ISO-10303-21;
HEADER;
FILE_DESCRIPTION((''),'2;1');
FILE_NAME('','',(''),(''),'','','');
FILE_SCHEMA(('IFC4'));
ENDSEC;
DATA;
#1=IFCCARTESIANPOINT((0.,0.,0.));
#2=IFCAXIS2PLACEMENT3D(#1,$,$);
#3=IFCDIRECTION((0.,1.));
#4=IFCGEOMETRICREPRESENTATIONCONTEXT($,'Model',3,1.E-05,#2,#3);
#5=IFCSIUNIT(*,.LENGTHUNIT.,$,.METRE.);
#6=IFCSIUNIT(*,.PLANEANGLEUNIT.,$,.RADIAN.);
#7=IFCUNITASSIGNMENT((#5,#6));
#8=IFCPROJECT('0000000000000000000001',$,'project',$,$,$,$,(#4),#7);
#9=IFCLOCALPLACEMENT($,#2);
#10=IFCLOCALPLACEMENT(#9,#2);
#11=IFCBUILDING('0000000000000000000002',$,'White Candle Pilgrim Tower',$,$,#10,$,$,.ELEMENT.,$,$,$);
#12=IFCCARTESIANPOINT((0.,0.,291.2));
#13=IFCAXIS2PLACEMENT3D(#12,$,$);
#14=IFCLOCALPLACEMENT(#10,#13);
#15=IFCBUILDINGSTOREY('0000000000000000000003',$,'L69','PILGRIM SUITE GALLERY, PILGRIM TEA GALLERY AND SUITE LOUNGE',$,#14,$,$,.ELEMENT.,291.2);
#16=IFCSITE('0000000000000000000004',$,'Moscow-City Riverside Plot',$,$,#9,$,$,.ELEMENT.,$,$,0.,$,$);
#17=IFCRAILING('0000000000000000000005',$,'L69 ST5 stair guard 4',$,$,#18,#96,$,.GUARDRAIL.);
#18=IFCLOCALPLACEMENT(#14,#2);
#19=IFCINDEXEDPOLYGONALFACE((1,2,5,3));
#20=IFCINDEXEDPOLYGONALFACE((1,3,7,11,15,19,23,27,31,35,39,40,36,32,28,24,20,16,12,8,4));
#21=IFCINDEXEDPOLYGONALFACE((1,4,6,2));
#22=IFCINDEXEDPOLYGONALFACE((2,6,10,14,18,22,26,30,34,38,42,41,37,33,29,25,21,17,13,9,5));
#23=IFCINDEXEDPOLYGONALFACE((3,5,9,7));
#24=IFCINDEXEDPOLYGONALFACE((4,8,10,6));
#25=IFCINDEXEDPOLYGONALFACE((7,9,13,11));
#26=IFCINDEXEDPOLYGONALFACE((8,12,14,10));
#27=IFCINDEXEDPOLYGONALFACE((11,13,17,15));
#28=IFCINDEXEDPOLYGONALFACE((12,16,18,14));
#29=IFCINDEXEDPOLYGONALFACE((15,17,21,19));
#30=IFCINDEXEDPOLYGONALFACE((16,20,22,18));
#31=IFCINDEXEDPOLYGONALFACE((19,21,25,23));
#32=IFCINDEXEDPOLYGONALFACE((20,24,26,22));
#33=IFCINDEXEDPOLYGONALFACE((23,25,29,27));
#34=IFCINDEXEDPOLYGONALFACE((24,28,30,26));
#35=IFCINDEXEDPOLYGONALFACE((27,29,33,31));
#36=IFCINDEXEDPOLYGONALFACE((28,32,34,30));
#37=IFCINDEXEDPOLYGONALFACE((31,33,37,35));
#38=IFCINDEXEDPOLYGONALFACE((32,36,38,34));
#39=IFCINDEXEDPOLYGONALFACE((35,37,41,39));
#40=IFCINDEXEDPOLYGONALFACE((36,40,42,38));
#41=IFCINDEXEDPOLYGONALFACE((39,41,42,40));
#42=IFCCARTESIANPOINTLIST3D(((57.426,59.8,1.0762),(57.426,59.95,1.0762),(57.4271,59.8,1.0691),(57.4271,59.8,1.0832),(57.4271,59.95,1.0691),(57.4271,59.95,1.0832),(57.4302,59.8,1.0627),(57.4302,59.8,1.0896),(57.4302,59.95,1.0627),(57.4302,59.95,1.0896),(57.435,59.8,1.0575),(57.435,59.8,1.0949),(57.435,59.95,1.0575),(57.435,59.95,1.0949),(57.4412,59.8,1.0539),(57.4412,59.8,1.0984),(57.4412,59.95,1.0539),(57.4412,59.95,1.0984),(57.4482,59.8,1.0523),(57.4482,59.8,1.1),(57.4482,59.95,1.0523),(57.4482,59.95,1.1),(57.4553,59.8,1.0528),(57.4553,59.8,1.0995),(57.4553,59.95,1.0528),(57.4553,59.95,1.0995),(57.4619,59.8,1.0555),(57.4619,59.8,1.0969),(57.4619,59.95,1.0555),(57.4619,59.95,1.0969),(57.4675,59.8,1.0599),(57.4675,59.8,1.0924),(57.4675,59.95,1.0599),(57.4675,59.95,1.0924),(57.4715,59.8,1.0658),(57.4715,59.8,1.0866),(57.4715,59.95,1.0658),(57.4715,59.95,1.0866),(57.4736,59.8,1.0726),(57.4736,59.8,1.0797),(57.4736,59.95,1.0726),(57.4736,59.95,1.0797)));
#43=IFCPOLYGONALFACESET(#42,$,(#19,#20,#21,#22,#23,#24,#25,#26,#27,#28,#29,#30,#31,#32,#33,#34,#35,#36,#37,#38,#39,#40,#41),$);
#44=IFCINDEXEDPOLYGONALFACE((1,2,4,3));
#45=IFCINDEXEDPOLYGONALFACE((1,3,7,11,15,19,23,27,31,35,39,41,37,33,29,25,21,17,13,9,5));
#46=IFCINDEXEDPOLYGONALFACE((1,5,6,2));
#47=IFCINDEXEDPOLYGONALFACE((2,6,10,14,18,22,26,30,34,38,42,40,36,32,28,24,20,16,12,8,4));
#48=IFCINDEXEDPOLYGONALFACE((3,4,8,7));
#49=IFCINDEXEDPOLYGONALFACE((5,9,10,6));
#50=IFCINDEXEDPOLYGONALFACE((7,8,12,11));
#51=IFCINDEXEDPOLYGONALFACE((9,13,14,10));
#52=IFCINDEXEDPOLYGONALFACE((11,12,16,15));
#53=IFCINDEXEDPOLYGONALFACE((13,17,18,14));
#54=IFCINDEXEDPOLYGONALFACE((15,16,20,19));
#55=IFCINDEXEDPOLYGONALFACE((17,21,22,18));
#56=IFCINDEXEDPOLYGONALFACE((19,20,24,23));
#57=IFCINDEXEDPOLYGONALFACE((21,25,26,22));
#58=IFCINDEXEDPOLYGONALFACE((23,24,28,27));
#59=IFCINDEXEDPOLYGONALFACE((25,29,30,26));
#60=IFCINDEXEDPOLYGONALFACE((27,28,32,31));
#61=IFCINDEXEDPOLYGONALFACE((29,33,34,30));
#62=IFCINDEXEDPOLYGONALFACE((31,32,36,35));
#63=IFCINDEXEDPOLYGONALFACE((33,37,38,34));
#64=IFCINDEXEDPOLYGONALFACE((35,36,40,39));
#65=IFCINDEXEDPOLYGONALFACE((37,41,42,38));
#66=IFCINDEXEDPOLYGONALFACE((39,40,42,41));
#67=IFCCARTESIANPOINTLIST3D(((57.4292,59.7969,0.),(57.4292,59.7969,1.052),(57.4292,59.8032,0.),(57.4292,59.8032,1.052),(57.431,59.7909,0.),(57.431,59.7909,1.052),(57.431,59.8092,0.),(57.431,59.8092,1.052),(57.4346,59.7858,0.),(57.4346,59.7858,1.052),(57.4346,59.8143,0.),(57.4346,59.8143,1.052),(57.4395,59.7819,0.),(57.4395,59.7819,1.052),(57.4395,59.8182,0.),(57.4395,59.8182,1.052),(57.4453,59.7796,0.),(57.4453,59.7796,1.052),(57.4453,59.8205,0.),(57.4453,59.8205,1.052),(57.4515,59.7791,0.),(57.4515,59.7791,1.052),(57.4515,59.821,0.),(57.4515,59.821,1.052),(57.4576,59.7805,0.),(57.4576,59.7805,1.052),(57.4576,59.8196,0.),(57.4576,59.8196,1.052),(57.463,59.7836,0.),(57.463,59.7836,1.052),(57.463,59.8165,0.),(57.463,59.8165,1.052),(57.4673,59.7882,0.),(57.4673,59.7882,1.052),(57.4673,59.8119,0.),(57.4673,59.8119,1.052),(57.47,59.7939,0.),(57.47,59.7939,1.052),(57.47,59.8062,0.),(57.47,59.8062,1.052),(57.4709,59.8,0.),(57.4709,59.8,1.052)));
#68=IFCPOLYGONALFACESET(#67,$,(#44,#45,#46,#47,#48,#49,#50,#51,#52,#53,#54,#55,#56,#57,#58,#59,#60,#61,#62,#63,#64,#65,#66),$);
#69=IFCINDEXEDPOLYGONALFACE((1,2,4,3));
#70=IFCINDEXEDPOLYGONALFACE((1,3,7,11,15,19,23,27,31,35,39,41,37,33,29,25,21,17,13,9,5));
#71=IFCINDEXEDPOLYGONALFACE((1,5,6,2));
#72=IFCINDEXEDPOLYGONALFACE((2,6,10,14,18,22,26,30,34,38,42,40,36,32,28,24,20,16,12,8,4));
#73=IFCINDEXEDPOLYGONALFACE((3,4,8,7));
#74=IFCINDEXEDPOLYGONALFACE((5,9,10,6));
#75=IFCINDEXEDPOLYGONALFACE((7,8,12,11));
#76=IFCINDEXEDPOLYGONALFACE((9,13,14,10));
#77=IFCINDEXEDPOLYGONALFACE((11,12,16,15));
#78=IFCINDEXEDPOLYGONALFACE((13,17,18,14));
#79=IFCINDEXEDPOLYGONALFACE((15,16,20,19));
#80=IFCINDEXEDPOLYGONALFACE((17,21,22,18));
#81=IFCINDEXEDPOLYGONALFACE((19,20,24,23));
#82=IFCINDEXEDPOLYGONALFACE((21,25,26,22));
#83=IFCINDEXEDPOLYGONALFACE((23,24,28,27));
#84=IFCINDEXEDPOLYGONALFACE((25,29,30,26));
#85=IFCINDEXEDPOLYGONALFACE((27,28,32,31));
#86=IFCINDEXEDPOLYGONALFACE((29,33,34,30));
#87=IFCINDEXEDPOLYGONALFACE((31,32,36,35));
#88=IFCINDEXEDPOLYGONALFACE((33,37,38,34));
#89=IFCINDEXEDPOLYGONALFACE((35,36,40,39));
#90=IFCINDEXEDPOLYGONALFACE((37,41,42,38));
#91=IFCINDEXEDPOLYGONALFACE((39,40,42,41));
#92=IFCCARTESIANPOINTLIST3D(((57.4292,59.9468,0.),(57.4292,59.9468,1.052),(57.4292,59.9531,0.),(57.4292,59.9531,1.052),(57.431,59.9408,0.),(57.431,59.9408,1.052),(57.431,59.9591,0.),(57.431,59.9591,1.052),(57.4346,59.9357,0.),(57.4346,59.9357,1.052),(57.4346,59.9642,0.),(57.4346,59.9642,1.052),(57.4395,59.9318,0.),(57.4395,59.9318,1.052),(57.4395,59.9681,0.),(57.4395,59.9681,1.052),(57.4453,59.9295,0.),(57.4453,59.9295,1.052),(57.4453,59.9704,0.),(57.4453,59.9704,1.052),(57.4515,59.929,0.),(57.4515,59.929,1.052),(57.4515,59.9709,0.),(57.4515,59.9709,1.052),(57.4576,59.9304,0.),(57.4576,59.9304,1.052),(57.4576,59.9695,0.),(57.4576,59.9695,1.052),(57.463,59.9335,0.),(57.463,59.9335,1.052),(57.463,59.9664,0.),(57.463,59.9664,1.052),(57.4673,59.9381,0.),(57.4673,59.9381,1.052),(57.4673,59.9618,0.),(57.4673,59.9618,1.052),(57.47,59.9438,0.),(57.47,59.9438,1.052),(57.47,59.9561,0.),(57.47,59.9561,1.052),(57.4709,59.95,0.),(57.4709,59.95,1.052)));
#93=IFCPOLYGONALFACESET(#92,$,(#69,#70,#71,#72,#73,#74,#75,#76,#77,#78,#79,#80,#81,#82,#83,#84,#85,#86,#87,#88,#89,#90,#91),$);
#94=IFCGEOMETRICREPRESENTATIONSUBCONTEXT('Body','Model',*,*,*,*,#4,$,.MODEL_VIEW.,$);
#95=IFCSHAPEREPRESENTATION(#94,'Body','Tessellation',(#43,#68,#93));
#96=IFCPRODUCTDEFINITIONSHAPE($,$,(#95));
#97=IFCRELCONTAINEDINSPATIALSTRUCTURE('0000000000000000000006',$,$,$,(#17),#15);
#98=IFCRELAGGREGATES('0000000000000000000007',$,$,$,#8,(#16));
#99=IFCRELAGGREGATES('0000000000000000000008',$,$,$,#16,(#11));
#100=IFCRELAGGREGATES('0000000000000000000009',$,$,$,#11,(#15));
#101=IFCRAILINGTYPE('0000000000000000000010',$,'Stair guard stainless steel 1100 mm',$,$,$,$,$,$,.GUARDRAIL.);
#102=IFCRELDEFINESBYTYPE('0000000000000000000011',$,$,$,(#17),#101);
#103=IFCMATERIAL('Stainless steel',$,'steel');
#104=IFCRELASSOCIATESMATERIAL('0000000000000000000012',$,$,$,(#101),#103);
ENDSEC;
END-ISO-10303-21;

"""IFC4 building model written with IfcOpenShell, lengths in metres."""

from ifc_helpers import new_model, si_unit, direction, frame, origin, origin_2d, place, context, subcontext, project, spatial, circle, extrude, material, type_object, element, save


model = new_model("IFC4")

# Units and contexts
model_context = context("Model", 3, precision=1e-05, world=origin(), true_north=direction((0.0, 1.0)))
body_context = subcontext(model_context, "Body", "Model", "MODEL_VIEW")
ifc_project = project(units=[si_unit("LENGTHUNIT", "METRE"), si_unit("PLANEANGLEUNIT", "RADIAN")], contexts=[model_context])

# Site, building, storey
site_placement = place(None, origin())
site = spatial("IfcSite", under=ifc_project, at=site_placement, Name="Moscow-City Riverside Plot", CompositionType="ELEMENT", RefElevation=0.0)
building_placement = place(site_placement, origin())
building = spatial("IfcBuilding", under=site, at=building_placement, Name="White Candle Pilgrim Tower", CompositionType="ELEMENT")
storey_placement = place(building_placement, frame((0.0, 0.0, 291.2)))
storey = spatial("IfcBuildingStorey", under=building, at=storey_placement, Name="L69", Description="PILGRIM SUITE GALLERY, PILGRIM TEA GALLERY AND SUITE LOUNGE", CompositionType="ELEMENT", Elevation=291.2)

# Railing
ifc_material_1 = material(Name="Stainless steel", Category="steel")
railing_type_1 = type_object("IfcRailingType", Name="Stair guard stainless steel 1100 mm", PredefinedType="GUARDRAIL", material=ifc_material_1)
railing_1_placement = place(storey_placement, frame((57.45, 59.8, 0.0)))
element("IfcRailing", 1, at=railing_1_placement, inside=storey, type_object=railing_type_1, Name="L69 ST5 stair guard 4", PredefinedType="GUARDRAIL", context=body_context, shape_type="SweptSolid", body=[
    extrude(circle(Radius=0.0239, at=origin_2d()), frame((0.0, 0.0, 1.0762), z_axis=(0.0, 1.0, 0.0), x_axis=(-1.0, 0.0, 0.0)), (0.0, 0.0, 1.0), 0.1499),
    extrude(circle(Radius=0.021, at=origin_2d()), origin(), (0.0, 0.0, 1.0), 1.052),
    extrude(circle(Radius=0.021, at=origin_2d()), frame((0.0, 0.1499, 0.0)), (0.0, 0.0, 1.0), 1.052),
])

save(model, "model.ifc")
